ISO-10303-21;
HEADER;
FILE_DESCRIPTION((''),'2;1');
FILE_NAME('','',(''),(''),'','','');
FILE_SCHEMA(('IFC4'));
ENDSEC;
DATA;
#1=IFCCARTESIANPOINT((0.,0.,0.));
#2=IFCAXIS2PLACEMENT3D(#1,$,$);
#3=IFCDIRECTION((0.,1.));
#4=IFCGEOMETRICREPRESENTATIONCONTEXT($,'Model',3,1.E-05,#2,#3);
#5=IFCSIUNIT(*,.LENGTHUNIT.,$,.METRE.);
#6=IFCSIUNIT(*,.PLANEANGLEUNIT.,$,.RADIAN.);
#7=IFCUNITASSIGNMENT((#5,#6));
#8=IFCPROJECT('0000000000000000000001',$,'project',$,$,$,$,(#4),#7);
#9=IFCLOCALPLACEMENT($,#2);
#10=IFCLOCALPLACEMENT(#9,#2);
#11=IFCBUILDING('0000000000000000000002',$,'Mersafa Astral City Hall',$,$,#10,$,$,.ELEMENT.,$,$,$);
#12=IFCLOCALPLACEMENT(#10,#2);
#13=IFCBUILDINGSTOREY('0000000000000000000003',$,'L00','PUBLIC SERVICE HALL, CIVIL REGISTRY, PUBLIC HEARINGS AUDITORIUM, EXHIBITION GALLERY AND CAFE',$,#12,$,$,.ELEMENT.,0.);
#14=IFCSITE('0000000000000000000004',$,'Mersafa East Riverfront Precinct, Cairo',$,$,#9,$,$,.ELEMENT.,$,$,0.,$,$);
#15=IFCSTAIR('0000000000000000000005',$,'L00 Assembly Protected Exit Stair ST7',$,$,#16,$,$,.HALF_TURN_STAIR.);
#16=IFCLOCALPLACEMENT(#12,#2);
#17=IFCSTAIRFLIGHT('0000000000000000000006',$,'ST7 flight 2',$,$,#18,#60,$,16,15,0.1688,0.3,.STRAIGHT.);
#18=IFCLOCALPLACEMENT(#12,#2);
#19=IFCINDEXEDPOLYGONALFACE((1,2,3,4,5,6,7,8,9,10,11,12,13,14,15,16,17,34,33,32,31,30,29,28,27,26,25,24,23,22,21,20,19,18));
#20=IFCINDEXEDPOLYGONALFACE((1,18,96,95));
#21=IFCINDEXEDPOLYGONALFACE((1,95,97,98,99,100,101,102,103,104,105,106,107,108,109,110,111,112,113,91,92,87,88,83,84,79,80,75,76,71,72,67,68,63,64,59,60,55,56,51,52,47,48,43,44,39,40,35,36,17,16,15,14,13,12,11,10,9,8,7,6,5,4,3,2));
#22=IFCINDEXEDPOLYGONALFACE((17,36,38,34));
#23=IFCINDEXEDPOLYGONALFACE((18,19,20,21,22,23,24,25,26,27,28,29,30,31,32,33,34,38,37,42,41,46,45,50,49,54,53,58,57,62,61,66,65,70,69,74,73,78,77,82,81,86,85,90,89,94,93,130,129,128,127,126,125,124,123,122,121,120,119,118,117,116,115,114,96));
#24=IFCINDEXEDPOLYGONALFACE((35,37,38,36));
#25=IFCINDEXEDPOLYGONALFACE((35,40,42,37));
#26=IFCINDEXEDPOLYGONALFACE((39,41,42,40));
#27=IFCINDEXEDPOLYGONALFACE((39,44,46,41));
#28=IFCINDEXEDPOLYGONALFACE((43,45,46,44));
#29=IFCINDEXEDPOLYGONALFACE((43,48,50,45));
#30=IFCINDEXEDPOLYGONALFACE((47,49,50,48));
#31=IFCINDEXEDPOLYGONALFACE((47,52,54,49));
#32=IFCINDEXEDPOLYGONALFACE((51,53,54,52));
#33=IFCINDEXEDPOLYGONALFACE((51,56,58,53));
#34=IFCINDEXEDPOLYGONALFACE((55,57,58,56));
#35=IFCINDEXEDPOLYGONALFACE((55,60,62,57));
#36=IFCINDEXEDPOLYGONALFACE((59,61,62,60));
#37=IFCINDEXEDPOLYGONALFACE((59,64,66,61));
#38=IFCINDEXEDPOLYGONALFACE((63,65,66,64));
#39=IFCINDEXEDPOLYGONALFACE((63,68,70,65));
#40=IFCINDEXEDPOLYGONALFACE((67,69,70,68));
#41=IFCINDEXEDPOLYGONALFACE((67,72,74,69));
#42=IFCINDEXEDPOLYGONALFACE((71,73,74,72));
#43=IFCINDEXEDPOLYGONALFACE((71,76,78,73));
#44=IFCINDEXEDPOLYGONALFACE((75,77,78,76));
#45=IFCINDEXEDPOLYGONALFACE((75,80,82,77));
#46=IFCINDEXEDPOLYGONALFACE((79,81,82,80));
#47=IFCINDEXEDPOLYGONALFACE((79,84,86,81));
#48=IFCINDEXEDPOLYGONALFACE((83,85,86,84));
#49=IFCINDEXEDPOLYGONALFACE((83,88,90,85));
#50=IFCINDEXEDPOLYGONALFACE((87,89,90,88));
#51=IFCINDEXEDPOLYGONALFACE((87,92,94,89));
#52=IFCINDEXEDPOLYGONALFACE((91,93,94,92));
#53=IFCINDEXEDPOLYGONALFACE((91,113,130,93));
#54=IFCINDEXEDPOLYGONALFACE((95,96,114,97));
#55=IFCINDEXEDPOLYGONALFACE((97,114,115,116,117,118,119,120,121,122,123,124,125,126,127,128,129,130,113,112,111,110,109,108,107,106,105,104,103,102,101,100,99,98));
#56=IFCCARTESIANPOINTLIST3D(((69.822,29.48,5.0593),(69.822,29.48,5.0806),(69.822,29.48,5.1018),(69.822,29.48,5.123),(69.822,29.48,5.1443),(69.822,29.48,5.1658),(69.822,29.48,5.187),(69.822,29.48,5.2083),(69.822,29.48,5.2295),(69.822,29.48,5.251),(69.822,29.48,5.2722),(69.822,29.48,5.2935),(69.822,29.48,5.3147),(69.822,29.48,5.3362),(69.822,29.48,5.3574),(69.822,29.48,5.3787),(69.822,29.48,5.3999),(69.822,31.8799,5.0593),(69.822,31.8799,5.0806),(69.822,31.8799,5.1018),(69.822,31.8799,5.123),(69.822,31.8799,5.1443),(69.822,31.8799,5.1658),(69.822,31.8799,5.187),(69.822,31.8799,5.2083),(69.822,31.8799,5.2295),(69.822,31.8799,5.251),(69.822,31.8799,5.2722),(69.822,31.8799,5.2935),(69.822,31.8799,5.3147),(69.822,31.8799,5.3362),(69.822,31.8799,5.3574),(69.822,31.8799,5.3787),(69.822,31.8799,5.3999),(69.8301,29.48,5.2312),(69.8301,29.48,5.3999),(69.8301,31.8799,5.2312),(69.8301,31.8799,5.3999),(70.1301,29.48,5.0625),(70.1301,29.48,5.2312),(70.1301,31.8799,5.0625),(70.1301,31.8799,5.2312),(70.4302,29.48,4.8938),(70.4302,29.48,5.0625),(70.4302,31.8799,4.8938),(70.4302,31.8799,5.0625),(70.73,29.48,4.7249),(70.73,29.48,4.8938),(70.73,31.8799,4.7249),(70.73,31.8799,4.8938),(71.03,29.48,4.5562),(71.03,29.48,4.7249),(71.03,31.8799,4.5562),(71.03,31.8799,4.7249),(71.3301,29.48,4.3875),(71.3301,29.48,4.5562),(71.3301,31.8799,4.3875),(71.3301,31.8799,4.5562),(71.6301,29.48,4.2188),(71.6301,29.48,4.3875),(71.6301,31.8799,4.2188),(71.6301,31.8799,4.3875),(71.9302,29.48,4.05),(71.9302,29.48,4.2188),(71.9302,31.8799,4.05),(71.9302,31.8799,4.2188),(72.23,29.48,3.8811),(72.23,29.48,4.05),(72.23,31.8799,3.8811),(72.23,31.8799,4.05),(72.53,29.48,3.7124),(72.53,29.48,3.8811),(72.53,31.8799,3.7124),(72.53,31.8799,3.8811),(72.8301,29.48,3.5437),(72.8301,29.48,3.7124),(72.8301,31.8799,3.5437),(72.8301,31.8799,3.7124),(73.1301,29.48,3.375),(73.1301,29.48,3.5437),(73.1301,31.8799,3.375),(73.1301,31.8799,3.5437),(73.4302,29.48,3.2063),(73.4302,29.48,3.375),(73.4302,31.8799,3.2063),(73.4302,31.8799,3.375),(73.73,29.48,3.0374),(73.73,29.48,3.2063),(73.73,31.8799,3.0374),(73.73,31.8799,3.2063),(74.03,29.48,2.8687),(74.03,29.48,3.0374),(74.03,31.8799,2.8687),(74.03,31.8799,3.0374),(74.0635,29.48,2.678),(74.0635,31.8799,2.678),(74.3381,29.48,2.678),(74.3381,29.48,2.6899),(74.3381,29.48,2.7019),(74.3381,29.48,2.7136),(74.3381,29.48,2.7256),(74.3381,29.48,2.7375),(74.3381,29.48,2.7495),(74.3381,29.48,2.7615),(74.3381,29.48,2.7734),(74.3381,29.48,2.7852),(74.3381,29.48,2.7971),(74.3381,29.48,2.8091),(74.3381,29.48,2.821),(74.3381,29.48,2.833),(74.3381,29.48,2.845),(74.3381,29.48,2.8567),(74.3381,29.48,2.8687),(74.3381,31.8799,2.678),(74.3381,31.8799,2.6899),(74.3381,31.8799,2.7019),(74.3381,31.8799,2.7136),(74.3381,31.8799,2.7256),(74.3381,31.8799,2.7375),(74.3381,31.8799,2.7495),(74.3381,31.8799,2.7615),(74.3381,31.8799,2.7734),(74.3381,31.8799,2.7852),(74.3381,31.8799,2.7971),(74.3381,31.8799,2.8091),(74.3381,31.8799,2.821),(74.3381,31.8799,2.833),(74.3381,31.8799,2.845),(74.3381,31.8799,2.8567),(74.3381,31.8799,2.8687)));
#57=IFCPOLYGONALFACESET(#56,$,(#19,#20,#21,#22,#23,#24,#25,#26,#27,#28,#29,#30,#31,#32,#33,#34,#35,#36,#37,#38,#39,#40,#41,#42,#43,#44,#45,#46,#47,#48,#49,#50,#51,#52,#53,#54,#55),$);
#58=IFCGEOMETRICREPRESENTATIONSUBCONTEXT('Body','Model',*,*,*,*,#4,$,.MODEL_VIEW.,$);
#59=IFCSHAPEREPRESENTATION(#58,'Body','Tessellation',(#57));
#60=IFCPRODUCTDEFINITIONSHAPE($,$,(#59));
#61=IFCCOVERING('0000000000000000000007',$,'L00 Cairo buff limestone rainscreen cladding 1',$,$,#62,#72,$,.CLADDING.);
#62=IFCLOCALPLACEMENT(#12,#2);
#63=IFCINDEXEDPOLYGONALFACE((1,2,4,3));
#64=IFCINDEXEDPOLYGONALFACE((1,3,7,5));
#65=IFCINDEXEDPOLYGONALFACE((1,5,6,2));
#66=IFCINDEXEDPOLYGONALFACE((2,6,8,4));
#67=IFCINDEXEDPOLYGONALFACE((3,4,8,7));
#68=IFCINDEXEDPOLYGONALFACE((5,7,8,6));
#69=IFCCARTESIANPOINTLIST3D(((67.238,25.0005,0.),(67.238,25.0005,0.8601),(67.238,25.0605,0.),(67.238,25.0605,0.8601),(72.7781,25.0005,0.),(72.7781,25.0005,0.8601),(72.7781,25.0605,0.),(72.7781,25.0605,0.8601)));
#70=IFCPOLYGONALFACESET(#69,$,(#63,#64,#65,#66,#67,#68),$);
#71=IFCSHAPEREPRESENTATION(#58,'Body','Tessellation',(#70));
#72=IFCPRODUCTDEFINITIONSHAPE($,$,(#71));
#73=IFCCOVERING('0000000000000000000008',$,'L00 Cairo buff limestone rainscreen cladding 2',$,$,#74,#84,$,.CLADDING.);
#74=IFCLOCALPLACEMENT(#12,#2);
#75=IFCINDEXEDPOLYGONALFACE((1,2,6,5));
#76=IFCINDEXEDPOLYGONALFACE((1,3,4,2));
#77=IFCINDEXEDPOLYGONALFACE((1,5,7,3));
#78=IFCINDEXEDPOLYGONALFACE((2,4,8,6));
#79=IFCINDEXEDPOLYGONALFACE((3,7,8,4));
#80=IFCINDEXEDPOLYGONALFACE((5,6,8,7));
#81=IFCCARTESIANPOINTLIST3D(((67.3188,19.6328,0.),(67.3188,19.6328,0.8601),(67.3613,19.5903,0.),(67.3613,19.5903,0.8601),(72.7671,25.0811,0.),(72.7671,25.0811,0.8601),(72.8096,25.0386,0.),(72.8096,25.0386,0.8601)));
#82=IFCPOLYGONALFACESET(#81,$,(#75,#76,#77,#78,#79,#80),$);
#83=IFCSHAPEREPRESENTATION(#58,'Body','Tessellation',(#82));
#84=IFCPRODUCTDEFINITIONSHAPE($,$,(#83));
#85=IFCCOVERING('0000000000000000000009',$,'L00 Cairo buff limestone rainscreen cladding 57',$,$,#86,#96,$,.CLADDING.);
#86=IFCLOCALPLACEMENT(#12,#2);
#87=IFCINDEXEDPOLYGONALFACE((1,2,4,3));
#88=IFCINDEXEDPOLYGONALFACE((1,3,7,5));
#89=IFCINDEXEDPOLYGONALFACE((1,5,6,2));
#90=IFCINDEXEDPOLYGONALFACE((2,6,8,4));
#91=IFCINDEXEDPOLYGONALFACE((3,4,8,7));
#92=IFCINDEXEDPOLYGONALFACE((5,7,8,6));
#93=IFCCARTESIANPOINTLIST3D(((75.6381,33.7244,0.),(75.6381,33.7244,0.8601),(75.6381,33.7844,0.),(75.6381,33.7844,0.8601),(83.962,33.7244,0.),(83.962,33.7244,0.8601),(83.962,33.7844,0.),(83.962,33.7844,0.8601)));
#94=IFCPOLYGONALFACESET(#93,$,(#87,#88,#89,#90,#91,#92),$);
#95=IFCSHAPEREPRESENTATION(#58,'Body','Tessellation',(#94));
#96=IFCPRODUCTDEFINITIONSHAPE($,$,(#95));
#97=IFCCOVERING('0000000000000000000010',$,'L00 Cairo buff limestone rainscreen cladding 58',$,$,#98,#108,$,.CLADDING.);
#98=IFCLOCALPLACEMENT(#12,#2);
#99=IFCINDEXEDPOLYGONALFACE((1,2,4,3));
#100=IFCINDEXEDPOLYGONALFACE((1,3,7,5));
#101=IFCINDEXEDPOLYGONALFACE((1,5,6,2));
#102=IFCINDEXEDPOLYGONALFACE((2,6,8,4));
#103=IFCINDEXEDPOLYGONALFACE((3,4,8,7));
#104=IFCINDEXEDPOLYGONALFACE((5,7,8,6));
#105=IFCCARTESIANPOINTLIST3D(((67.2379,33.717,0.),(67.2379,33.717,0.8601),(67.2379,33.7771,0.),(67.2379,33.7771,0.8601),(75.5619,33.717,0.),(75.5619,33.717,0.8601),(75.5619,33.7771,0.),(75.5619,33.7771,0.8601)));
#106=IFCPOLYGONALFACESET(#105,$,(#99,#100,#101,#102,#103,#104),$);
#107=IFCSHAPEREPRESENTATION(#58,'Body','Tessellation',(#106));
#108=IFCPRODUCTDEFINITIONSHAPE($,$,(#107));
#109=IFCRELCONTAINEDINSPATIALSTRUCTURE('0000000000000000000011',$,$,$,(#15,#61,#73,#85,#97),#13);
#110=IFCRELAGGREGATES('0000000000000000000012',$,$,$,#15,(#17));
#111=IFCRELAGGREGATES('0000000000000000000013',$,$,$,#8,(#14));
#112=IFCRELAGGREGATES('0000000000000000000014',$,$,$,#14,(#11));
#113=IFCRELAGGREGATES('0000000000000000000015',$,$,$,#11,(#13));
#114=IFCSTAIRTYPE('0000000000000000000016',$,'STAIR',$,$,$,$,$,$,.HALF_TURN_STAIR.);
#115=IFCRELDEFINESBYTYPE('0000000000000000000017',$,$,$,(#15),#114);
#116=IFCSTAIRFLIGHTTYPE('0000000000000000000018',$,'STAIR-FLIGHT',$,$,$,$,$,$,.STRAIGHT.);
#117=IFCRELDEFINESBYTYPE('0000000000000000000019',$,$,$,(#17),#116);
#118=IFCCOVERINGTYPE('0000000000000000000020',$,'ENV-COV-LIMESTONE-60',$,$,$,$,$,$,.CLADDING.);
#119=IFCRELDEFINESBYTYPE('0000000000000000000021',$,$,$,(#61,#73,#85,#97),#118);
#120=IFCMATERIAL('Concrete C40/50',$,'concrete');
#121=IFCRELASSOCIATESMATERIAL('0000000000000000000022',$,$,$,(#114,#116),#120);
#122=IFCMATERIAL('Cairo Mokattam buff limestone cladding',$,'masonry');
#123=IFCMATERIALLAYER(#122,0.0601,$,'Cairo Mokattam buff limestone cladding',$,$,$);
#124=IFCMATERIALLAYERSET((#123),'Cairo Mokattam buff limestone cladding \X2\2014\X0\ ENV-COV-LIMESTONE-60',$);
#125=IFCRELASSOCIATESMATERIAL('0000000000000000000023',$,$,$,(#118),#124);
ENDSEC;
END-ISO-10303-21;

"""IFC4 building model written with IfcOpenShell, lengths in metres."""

from ifc_helpers import new_model, si_unit, direction, frame, origin, origin_2d, place, context, subcontext, project, spatial, polyline, rectangle, outline, extrude, material, layer, layer_set, type_object, element, aggregate, save


model = new_model("IFC4")

# Units and contexts
model_context = context("Model", 3, precision=1e-05, world=origin(), true_north=direction((0.0, 1.0)))
body_context = subcontext(model_context, "Body", "Model", "MODEL_VIEW")
ifc_project = project(units=[si_unit("LENGTHUNIT", "METRE"), si_unit("PLANEANGLEUNIT", "RADIAN")], contexts=[model_context])

# Site, building, storey
site_placement = place(None, origin())
site = spatial("IfcSite", under=ifc_project, at=site_placement, Name="Mersafa East Riverfront Precinct, Cairo", CompositionType="ELEMENT", RefElevation=0.0)
building_placement = place(site_placement, origin())
building = spatial("IfcBuilding", under=site, at=building_placement, Name="Mersafa Astral City Hall", CompositionType="ELEMENT")
storey_placement = place(building_placement, origin())
storey = spatial("IfcBuildingStorey", under=building, at=storey_placement, Name="L00", Description="PUBLIC SERVICE HALL, CIVIL REGISTRY, PUBLIC HEARINGS AUDITORIUM, EXHIBITION GALLERY AND CAFE", CompositionType="ELEMENT", Elevation=0.0)

# Shared definitions
ifc_material_1 = material(Name="Concrete C40/50", Category="concrete")

# Stair, stair flight
stair_type = type_object("IfcStairType", Name="STAIR", PredefinedType="HALF_TURN_STAIR", material=ifc_material_1)
stair_placement = place(storey_placement, origin())
stair = element("IfcStair", 1, at=stair_placement, inside=storey, type_object=stair_type, Name="L00 Assembly Protected Exit Stair ST7", PredefinedType="HALF_TURN_STAIR")
stair_flight_type = type_object("IfcStairFlightType", Name="STAIR-FLIGHT", PredefinedType="STRAIGHT", material=ifc_material_1)
stair_flight_1_placement = place(storey_placement, frame((74.3301, 30.6799, 2.7), z_axis=(0.0, 0.0, 1.0), x_axis=(-1.0, 0.0, 0.0)))
stair_flight_1 = element("IfcStairFlight", 2, at=stair_flight_1_placement, type_object=stair_flight_type, Name="ST7 flight 2", NumberOfRisers=16, NumberOfTreads=15, PredefinedType="STRAIGHT", RiserHeight=0.1688, TreadLength=0.3, context=body_context, shape_type="SweptSolid", body=[
    extrude(outline(polyline([(-0.0081, -0.022), (-0.0081, -0.01), (-0.0081, 0.002), (-0.0081, 0.0137), (-0.0081, 0.0256), (-0.0081, 0.0376), (-0.0081, 0.0496), (-0.0081, 0.0615), (-0.0081, 0.0735), (-0.0081, 0.0852), (-0.0081, 0.0972), (-0.0081, 0.1091), (-0.0081, 0.1211), (-0.0081, 0.1331), (-0.0081, 0.145), (-0.0081, 0.1567), (-0.0081, 0.1687), (0.3, 0.1687), (0.3, 0.3374), (0.6001, 0.3374), (0.6001, 0.5063), (0.8999, 0.5063), (0.8999, 0.675), (1.2, 0.675), (1.2, 0.8438), (1.5, 0.8438), (1.5, 1.0125), (1.8, 1.0125), (1.8, 1.1812), (2.1001, 1.1812), (2.1001, 1.3501), (2.3999, 1.3501), (2.3999, 1.5188), (2.7, 1.5188), (2.7, 1.6875), (3.0, 1.6875), (3.0, 1.8562), (3.3, 1.8562), (3.3, 2.0249), (3.6001, 2.0249), (3.6001, 2.1938), (3.8999, 2.1938), (3.8999, 2.3625), (4.2, 2.3625), (4.2, 2.5312), (4.5, 2.5312), (4.5, 2.7), (4.5081, 2.7), (4.5081, 2.6787), (4.5081, 2.6575), (4.5081, 2.6362), (4.5081, 2.6147), (4.5081, 2.5935), (4.5081, 2.5723), (4.5081, 2.551), (4.5081, 2.5295), (4.5081, 2.5083), (4.5081, 2.4871), (4.5081, 2.4658), (4.5081, 2.4443), (4.5081, 2.4231), (4.5081, 2.4019), (4.5081, 2.3806), (4.5081, 2.3594), (0.2666, -0.022), (-0.0081, -0.022)])), frame((0.0, 1.2, 0.0), z_axis=(0.0, -1.0, 0.0), x_axis=(1.0, 0.0, 0.0)), (0.0, 0.0, 1.0), 2.3999),
])
aggregate(stair, [stair_flight_1])

# Coverings
ifc_material_2 = material(Name="Cairo Mokattam buff limestone cladding", Category="masonry")
ifc_layer_1 = layer(ifc_material_2, 0.0601, Name="Cairo Mokattam buff limestone cladding")
ifc_layer_set_1 = layer_set([ifc_layer_1], Name="Cairo Mokattam buff limestone cladding — ENV-COV-LIMESTONE-60")
covering_type = type_object("IfcCoveringType", Name="ENV-COV-LIMESTONE-60", PredefinedType="CLADDING", material=ifc_layer_set_1)
covering_1_placement = place(storey_placement, frame((70.0081, 25.0305, 0.0), z_axis=(0.0, 0.0, 1.0), x_axis=(1.0, 0.0, 0.0)))
element("IfcCovering", 3, at=covering_1_placement, inside=storey, type_object=covering_type, Name="L00 Cairo buff limestone rainscreen cladding 1", PredefinedType="CLADDING", context=body_context, shape_type="SweptSolid", body=[
    extrude(rectangle(XDim=5.54, YDim=0.0601, at=origin_2d()), origin(), (0.0, 0.0, 1.0), 0.8601),
])
covering_2_placement = place(storey_placement, frame((70.0642, 22.3357, 0.0), z_axis=(0.0, 0.0, 1.0), x_axis=(-0.707107, -0.707107, 0.0)))
element("IfcCovering", 4, at=covering_2_placement, inside=storey, type_object=covering_type, Name="L00 Cairo buff limestone rainscreen cladding 2", PredefinedType="CLADDING", context=body_context, shape_type="SweptSolid", body=[
    extrude(rectangle(XDim=7.7051, YDim=0.0601, at=origin_2d()), origin(), (0.0, 0.0, 1.0), 0.8601),
])
for number, where, z_axis, x_axis, name in (
    (5, (79.8, 33.7544, 0.0), (0.0, 0.0, 1.0), (-1.0, 0.0, 0.0), "L00 Cairo buff limestone rainscreen cladding 57"),
    (6, (71.3999, 33.7471, 0.0), (0.0, 0.0, 1.0), (-1.0, 0.0, 0.0), "L00 Cairo buff limestone rainscreen cladding 58"),
):
    element("IfcCovering", number, at=place(storey_placement, frame(where, z_axis=z_axis, x_axis=x_axis)), inside=storey, type_object=covering_type, Name=name, PredefinedType="CLADDING", context=body_context, shape_type="SweptSolid", body=[
        extrude(rectangle(XDim=8.324, YDim=0.0601, at=origin_2d()), origin(), (0.0, 0.0, 1.0), 0.8601),
    ])

save(model, "model.ifc")
